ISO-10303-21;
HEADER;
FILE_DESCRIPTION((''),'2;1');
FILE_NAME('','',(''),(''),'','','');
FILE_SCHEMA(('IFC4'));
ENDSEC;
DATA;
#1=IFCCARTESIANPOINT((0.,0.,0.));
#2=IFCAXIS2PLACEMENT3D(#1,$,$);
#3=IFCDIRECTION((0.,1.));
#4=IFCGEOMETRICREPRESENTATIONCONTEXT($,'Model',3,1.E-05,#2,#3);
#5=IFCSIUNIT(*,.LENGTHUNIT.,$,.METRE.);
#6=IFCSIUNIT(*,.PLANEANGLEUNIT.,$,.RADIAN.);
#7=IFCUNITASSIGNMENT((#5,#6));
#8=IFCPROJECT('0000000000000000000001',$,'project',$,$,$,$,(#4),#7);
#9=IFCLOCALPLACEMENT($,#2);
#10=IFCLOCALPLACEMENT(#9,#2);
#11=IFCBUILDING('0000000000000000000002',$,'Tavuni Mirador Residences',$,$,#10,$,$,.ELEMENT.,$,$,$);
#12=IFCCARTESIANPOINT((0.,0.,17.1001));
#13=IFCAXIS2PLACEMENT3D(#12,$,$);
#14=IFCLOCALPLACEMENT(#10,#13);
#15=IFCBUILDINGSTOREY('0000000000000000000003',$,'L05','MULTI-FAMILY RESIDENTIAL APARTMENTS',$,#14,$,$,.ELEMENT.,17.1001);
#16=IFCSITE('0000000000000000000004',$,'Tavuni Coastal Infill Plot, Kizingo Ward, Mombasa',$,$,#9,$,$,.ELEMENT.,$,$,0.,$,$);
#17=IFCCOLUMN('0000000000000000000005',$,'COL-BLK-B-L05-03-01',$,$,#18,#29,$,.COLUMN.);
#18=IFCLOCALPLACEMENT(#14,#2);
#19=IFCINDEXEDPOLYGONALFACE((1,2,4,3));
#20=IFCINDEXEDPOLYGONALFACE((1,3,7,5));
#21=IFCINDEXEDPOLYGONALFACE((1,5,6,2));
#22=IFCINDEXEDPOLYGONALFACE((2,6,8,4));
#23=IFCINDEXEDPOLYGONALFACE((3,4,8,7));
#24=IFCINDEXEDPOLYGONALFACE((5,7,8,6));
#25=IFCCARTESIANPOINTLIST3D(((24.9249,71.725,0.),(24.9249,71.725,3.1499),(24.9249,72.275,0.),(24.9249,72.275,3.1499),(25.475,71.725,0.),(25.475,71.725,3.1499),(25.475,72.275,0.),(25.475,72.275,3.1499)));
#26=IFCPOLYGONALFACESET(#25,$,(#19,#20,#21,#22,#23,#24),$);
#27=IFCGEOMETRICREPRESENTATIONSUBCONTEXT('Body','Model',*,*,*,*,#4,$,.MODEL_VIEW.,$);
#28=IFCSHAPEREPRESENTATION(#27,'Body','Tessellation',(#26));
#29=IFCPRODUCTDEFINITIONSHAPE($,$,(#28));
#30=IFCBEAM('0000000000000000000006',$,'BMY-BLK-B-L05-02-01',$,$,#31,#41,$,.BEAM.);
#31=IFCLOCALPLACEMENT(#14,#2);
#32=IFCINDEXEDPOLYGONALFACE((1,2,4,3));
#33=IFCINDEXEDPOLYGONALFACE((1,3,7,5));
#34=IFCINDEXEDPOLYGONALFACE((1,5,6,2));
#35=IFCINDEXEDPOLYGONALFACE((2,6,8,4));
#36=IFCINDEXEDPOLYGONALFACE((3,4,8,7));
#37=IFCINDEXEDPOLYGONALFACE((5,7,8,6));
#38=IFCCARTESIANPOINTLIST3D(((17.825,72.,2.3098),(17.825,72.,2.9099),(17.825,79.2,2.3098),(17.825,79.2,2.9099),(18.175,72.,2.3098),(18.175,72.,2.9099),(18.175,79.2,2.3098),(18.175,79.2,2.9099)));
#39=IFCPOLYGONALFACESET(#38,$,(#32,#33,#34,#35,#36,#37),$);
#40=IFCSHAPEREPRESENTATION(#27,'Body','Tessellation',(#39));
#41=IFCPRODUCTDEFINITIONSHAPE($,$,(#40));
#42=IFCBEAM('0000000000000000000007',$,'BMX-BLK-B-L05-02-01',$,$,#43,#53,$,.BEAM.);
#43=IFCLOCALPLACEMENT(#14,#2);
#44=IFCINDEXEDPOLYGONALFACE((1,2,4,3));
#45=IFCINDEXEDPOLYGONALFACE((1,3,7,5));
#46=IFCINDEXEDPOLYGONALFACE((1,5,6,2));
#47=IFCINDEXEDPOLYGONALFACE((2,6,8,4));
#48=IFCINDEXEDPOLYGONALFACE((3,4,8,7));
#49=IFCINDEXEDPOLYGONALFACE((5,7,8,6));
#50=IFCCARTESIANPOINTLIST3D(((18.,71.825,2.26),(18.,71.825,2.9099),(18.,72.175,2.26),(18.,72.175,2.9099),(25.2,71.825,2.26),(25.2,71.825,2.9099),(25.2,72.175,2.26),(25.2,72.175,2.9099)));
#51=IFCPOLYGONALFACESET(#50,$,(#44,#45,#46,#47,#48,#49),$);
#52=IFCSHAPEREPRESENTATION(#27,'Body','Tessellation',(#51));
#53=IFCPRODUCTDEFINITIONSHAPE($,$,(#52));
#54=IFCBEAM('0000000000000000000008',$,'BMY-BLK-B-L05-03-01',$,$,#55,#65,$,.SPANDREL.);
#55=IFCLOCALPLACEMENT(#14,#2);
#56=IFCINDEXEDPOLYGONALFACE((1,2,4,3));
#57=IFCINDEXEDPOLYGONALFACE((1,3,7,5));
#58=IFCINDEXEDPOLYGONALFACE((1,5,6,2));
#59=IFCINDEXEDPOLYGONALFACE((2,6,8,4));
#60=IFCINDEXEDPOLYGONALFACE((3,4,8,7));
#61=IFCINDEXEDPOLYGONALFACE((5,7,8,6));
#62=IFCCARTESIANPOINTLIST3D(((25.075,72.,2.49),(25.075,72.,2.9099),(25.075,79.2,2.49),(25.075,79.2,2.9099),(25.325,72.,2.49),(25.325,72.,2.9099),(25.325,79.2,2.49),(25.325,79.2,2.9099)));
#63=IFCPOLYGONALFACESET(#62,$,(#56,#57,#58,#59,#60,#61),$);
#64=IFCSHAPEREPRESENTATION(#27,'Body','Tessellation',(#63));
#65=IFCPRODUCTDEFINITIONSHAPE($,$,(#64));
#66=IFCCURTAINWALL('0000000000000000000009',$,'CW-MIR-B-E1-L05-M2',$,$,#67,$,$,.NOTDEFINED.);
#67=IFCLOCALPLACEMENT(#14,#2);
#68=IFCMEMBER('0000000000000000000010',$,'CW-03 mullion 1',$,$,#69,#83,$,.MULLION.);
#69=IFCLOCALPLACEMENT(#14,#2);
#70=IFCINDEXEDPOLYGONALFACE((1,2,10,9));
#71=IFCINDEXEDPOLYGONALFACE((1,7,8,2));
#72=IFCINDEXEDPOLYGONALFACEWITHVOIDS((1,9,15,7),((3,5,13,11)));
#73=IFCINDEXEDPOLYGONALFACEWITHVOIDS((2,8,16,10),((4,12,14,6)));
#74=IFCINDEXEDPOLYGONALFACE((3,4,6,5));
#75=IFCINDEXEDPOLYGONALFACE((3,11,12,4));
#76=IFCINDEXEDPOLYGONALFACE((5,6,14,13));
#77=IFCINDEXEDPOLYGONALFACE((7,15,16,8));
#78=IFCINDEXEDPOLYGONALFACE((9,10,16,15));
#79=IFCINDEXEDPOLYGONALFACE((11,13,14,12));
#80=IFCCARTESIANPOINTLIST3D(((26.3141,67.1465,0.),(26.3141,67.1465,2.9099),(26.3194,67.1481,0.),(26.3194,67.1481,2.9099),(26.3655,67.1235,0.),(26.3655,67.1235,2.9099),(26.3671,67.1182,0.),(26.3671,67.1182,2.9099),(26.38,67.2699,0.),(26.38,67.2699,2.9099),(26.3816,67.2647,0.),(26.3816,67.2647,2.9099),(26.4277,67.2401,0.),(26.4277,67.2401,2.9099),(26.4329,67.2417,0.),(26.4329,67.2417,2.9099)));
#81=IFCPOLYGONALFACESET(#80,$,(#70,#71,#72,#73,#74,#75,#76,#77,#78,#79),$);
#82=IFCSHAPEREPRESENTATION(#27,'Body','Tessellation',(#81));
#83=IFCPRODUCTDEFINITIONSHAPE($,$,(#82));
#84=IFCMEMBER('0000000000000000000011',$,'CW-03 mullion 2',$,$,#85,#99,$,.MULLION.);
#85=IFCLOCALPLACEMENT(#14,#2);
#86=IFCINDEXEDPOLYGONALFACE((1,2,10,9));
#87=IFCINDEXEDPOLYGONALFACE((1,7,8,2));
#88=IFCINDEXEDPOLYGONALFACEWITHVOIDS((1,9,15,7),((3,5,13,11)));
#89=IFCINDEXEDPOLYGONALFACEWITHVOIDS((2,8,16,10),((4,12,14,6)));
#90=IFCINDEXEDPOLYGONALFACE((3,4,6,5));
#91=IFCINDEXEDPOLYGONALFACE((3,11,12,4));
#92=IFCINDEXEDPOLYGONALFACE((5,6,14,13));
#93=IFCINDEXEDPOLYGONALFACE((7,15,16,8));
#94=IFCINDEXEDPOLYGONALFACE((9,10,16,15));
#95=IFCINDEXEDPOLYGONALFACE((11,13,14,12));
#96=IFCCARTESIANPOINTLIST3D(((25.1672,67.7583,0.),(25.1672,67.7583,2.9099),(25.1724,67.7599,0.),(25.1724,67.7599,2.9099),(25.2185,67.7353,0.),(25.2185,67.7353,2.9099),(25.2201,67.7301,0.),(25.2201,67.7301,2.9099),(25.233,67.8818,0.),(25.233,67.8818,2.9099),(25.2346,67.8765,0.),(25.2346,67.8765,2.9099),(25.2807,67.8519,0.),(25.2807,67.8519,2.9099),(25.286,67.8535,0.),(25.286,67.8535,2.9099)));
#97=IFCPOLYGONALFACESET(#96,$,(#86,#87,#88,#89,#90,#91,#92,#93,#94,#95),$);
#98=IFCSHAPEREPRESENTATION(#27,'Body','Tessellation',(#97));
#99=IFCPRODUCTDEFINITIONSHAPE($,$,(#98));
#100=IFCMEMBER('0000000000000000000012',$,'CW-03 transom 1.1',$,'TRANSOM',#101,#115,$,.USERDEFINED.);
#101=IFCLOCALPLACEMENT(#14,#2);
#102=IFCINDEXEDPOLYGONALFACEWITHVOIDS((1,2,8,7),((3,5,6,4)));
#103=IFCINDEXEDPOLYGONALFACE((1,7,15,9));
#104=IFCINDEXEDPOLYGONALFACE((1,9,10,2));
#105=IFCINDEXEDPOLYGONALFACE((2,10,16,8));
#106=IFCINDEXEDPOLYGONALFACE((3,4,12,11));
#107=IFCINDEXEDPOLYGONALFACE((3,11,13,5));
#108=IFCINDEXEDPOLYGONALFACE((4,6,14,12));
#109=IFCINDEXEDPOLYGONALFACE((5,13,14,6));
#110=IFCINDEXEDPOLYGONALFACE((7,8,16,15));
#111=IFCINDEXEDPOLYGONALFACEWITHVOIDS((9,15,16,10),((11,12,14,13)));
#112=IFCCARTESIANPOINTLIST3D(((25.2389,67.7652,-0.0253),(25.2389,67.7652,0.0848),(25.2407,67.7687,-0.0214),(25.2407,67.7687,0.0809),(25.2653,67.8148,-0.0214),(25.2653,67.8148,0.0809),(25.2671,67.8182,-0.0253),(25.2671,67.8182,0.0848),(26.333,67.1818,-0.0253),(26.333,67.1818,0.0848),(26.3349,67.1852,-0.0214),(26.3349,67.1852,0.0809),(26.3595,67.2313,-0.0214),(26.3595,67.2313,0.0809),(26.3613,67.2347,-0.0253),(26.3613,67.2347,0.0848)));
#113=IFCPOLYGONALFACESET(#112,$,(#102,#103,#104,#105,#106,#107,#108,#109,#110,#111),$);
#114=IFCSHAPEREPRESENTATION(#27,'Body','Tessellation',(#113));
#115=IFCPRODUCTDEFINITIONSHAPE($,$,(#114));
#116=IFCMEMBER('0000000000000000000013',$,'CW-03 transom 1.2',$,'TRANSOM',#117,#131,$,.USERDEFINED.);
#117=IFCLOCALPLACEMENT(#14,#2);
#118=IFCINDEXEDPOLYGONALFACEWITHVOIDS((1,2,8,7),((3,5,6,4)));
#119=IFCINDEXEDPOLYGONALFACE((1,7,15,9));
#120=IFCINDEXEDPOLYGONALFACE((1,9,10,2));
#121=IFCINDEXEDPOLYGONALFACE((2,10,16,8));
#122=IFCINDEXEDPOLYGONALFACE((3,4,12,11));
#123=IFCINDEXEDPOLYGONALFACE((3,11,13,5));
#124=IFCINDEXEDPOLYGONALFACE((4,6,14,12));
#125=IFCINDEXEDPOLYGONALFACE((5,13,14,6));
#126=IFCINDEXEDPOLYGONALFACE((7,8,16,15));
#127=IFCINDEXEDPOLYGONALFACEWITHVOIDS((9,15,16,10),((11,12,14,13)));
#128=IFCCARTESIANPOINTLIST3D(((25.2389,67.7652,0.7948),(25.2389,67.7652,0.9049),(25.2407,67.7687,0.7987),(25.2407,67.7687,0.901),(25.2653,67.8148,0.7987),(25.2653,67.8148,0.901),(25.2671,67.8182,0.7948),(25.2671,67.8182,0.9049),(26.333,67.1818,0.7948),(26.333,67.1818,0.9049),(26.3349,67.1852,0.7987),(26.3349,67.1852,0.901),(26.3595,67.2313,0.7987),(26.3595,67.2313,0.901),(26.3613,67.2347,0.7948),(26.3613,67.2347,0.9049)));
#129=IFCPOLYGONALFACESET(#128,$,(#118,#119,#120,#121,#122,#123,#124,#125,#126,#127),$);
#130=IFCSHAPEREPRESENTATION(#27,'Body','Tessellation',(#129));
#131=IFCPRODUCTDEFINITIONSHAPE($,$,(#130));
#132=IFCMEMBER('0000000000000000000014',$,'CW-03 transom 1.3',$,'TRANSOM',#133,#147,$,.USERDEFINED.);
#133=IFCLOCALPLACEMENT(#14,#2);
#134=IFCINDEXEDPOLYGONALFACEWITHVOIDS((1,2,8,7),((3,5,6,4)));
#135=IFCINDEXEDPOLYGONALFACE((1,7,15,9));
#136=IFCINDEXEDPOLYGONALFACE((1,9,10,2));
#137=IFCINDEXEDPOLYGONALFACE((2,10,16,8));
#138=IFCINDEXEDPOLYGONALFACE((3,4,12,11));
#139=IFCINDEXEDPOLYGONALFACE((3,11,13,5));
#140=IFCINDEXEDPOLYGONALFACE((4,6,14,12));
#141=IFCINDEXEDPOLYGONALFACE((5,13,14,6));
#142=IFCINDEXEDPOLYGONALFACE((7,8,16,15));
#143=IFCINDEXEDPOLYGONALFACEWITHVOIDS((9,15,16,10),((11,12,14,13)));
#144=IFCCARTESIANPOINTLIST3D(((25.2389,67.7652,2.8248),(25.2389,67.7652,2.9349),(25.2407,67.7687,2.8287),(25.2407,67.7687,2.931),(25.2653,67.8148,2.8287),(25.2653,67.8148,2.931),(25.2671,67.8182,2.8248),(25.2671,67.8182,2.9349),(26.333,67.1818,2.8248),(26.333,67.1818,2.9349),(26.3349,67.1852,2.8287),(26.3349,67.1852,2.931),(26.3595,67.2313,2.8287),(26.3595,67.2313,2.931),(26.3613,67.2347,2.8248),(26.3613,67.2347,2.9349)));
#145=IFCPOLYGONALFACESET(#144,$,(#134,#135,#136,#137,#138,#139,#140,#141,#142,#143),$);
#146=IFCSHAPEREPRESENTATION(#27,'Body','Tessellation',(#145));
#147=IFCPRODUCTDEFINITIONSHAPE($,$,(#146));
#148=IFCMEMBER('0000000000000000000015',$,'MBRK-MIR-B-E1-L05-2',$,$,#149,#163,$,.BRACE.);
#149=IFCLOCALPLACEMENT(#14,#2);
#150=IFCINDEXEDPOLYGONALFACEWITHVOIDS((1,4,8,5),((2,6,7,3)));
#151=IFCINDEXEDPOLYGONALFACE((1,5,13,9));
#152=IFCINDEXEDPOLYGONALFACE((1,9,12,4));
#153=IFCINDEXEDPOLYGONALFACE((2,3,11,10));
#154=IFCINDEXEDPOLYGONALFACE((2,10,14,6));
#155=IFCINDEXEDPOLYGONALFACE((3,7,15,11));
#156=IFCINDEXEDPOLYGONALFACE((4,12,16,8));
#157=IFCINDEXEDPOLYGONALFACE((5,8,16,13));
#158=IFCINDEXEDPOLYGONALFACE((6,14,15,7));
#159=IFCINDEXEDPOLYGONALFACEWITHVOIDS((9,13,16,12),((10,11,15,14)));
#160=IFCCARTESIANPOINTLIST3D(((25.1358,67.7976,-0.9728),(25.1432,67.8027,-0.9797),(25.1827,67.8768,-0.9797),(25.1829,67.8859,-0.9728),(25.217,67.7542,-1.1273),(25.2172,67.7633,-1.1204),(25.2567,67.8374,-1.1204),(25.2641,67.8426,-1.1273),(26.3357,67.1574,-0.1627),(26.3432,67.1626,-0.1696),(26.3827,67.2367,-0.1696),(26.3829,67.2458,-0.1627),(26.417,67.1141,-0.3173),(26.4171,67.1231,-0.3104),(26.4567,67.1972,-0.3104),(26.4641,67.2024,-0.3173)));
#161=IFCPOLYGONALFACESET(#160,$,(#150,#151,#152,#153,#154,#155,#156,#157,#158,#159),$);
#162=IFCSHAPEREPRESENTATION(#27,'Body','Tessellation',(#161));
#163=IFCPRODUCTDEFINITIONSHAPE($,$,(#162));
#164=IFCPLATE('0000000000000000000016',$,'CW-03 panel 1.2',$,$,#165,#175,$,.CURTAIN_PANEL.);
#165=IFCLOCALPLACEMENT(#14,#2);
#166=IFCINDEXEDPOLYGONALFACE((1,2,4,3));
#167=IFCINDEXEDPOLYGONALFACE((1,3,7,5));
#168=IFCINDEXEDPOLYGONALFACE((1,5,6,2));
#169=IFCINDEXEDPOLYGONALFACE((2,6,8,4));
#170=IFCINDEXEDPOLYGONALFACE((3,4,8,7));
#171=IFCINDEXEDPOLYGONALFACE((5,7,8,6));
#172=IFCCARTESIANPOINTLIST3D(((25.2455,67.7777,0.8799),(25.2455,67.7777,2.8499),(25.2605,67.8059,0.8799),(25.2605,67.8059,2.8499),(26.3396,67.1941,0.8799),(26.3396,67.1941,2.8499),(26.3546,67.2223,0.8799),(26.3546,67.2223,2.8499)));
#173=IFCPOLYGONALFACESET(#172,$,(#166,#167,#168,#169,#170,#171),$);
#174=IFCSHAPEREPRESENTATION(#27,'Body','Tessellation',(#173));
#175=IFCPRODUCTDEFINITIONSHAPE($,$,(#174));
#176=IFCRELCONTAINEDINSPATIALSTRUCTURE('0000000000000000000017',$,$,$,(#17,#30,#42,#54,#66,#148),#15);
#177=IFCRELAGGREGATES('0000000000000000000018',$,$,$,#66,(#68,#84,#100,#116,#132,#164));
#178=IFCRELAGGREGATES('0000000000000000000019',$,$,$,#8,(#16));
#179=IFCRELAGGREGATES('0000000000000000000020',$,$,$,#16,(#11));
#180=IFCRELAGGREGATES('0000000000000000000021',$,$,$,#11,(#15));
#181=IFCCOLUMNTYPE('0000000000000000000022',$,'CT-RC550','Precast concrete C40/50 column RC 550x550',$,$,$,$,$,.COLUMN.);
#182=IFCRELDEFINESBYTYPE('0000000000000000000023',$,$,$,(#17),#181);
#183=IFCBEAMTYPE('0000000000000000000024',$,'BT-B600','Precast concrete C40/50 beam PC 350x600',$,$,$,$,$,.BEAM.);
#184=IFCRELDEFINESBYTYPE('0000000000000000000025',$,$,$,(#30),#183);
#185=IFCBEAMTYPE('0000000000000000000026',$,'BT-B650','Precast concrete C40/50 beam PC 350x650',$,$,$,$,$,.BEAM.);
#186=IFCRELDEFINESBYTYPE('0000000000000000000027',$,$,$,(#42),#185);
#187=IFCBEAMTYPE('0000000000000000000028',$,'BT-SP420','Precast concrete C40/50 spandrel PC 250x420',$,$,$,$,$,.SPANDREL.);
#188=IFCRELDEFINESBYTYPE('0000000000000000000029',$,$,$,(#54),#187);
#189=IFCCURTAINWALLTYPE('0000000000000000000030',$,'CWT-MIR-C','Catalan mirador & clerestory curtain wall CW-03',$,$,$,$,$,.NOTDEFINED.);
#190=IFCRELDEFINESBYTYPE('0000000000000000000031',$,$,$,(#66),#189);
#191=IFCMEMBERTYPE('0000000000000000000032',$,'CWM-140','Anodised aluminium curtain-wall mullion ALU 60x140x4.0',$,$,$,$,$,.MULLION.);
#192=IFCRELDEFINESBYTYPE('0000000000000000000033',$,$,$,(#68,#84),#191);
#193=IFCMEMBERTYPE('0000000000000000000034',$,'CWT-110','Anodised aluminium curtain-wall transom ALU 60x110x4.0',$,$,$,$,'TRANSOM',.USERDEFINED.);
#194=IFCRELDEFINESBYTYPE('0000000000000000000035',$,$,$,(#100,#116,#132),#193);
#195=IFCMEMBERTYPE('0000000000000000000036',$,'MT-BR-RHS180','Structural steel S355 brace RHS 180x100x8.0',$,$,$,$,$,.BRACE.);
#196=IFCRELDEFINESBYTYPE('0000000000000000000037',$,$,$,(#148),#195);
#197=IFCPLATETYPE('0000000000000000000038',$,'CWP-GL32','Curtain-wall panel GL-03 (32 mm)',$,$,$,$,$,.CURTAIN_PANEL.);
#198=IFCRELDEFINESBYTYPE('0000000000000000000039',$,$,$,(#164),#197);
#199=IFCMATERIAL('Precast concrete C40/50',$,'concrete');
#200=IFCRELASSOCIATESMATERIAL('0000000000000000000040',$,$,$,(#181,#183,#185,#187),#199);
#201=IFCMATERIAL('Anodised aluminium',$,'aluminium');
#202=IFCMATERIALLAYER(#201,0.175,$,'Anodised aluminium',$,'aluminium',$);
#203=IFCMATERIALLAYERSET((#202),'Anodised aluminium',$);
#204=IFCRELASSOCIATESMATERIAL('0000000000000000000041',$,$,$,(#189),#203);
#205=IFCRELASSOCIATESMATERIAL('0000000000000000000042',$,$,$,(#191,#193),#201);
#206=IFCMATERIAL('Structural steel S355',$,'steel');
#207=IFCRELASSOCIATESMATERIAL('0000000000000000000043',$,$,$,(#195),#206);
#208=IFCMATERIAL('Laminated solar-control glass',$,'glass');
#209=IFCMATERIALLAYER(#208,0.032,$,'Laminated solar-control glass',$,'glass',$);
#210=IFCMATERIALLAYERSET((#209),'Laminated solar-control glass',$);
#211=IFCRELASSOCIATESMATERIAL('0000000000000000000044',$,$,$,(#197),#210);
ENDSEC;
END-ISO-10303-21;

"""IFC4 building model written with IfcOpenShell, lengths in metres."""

from ifc_helpers import new_model, si_unit, direction, frame, origin, origin_2d, place, context, subcontext, project, spatial, rectangle, hollow_rectangle, extrude, material, layer, layer_set, material_profile, profile_set, type_object, element, aggregate, save


model = new_model("IFC4")

# Units and contexts
model_context = context("Model", 3, precision=1e-05, world=origin(), true_north=direction((0.0, 1.0)))
body_context = subcontext(model_context, "Body", "Model", "MODEL_VIEW")
ifc_project = project(units=[si_unit("LENGTHUNIT", "METRE"), si_unit("PLANEANGLEUNIT", "RADIAN")], contexts=[model_context])

# Site, building, storey
site_placement = place(None, origin())
site = spatial("IfcSite", under=ifc_project, at=site_placement, Name="Tavuni Coastal Infill Plot, Kizingo Ward, Mombasa", CompositionType="ELEMENT", RefElevation=0.0)
building_placement = place(site_placement, origin())
building = spatial("IfcBuilding", under=site, at=building_placement, Name="Tavuni Mirador Residences", CompositionType="ELEMENT")
storey_placement = place(building_placement, frame((0.0, 0.0, 17.1001)))
storey = spatial("IfcBuildingStorey", under=building, at=storey_placement, Name="L05", Description="MULTI-FAMILY RESIDENTIAL APARTMENTS", CompositionType="ELEMENT", Elevation=17.1001)

# Column
ifc_material_1 = material(Name="Precast concrete C40/50", Category="concrete")
ifc_material_profile_1 = material_profile(ifc_material_1, rectangle(XDim=0.55, YDim=0.55, at=origin_2d()), Name="RC 550x550", Category="concrete")
ifc_profile_set_1 = profile_set([ifc_material_profile_1], Name="Precast concrete C40/50")
column_type = type_object("IfcColumnType", Name="CT-RC550", Description="Precast concrete C40/50 column RC 550x550", PredefinedType="COLUMN", material=ifc_profile_set_1)
column_placement = place(storey_placement, frame((25.2, 72.0, 0.0), z_axis=(0.0, 0.0, 1.0), x_axis=(1.0, 0.0, 0.0)))
element("IfcColumn", 1, at=column_placement, inside=storey, type_object=column_type, Name="COL-BLK-B-L05-03-01", PredefinedType="COLUMN", context=body_context, shape_type="SweptSolid", body=[
    extrude(rectangle(XDim=0.55, YDim=0.55, at=origin_2d()), origin(), (0.0, 0.0, 1.0), 3.1499),
])

# Beams
ifc_material_profile_2 = material_profile(ifc_material_1, rectangle(XDim=0.3501, YDim=0.6001, at=origin_2d()), Name="PC 350x600", Category="concrete")
ifc_profile_set_2 = profile_set([ifc_material_profile_2], Name="Precast concrete C40/50")
beam_type_1 = type_object("IfcBeamType", Name="BT-B600", Description="Precast concrete C40/50 beam PC 350x600", PredefinedType="BEAM", material=ifc_profile_set_2)
beam_1_placement = place(storey_placement, frame((18.0, 72.0, 2.6099), z_axis=(0.0, 1.0, 0.0), x_axis=(-1.0, 0.0, 0.0)))
element("IfcBeam", 2, at=beam_1_placement, inside=storey, type_object=beam_type_1, Name="BMY-BLK-B-L05-02-01", PredefinedType="BEAM", context=body_context, shape_type="SweptSolid", body=[
    extrude(rectangle(XDim=0.3501, YDim=0.6001, at=origin_2d()), origin(), (0.0, 0.0, 1.0), 7.2),
])
ifc_material_profile_3 = material_profile(ifc_material_1, rectangle(XDim=0.3501, YDim=0.6499, at=origin_2d()), Name="PC 350x650", Category="concrete")
ifc_profile_set_3 = profile_set([ifc_material_profile_3], Name="Precast concrete C40/50")
beam_type_2 = type_object("IfcBeamType", Name="BT-B650", Description="Precast concrete C40/50 beam PC 350x650", PredefinedType="BEAM", material=ifc_profile_set_3)
beam_2_placement = place(storey_placement, frame((18.0, 72.0, 2.585), z_axis=(1.0, 0.0, 0.0), x_axis=(0.0, 1.0, 0.0)))
element("IfcBeam", 3, at=beam_2_placement, inside=storey, type_object=beam_type_2, Name="BMX-BLK-B-L05-02-01", PredefinedType="BEAM", context=body_context, shape_type="SweptSolid", body=[
    extrude(rectangle(XDim=0.3501, YDim=0.6499, at=origin_2d()), origin(), (0.0, 0.0, 1.0), 7.2),
])
ifc_material_profile_4 = material_profile(ifc_material_1, rectangle(XDim=0.25, YDim=0.4199, at=origin_2d()), Name="PC 250x420", Category="concrete")
ifc_profile_set_4 = profile_set([ifc_material_profile_4], Name="Precast concrete C40/50")
beam_type_3 = type_object("IfcBeamType", Name="BT-SP420", Description="Precast concrete C40/50 spandrel PC 250x420", PredefinedType="SPANDREL", material=ifc_profile_set_4)
beam_3_placement = place(storey_placement, frame((25.2, 72.0, 2.7), z_axis=(0.0, 1.0, 0.0), x_axis=(-1.0, 0.0, 0.0)))
element("IfcBeam", 4, at=beam_3_placement, inside=storey, type_object=beam_type_3, Name="BMY-BLK-B-L05-03-01", PredefinedType="SPANDREL", context=body_context, shape_type="SweptSolid", body=[
    extrude(rectangle(XDim=0.25, YDim=0.4199, at=origin_2d()), origin(), (0.0, 0.0, 1.0), 7.2),
])

# Curtain wall, members
ifc_material_2 = material(Name="Anodised aluminium", Category="aluminium")
ifc_layer_1 = layer(ifc_material_2, 0.175, Name="Anodised aluminium", Category="aluminium")
ifc_layer_set_1 = layer_set([ifc_layer_1], Name="Anodised aluminium")
curtain_wall_type = type_object("IfcCurtainWallType", Name="CWT-MIR-C", Description="Catalan mirador & clerestory curtain wall CW-03", PredefinedType="NOTDEFINED", material=ifc_layer_set_1)
curtain_wall_placement = place(storey_placement, origin())
curtain_wall = element("IfcCurtainWall", 5, at=curtain_wall_placement, inside=storey, type_object=curtain_wall_type, Name="CW-MIR-B-E1-L05-M2", PredefinedType="NOTDEFINED")
ifc_material_profile_5 = material_profile(ifc_material_2, hollow_rectangle(XDim=0.0601, YDim=0.1399, WallThickness=0.0039, at=origin_2d()), Name="ALU 60x140x4.0", Category="aluminium")
ifc_profile_set_5 = profile_set([ifc_material_profile_5], Name="Anodised aluminium")
member_type_1 = type_object("IfcMemberType", Name="CWM-140", Description="Anodised aluminium curtain-wall mullion ALU 60x140x4.0", PredefinedType="MULLION", material=ifc_profile_set_5)
member_1_placement = place(storey_placement, frame((26.3735, 67.1941, 0.0), z_axis=(0.0, 0.0, 1.0), x_axis=(-0.882353, 0.470588, 0.0)))
member_1 = element("IfcMember", 6, at=member_1_placement, type_object=member_type_1, Name="CW-03 mullion 1", PredefinedType="MULLION", context=body_context, shape_type="SweptSolid", body=[
    extrude(hollow_rectangle(XDim=0.0601, YDim=0.1399, WallThickness=0.0039, at=origin_2d()), origin(), (0.0, 0.0, 1.0), 2.9099),
])
member_2_placement = place(storey_placement, frame((25.2266, 67.8059, 0.0), z_axis=(0.0, 0.0, 1.0), x_axis=(-0.882353, 0.470588, 0.0)))
member_2 = element("IfcMember", 7, at=member_2_placement, type_object=member_type_1, Name="CW-03 mullion 2", PredefinedType="MULLION", context=body_context, shape_type="SweptSolid", body=[
    extrude(hollow_rectangle(XDim=0.0601, YDim=0.1399, WallThickness=0.0039, at=origin_2d()), origin(), (0.0, 0.0, 1.0), 2.9099),
])
ifc_material_profile_6 = material_profile(ifc_material_2, hollow_rectangle(XDim=0.0601, YDim=0.1101, WallThickness=0.0039, at=origin_2d()), Name="ALU 60x110x4.0", Category="aluminium")
ifc_profile_set_6 = profile_set([ifc_material_profile_6], Name="Anodised aluminium")
member_type_2 = type_object("IfcMemberType", Name="CWT-110", Description="Anodised aluminium curtain-wall transom ALU 60x110x4.0", ElementType="TRANSOM", PredefinedType="USERDEFINED", material=ifc_profile_set_6)
member_3_placement = place(storey_placement, frame((26.3472, 67.2083, 0.0298), z_axis=(-0.882386, 0.470527, 0.0), x_axis=(-0.470527, -0.882386, 0.0)))
member_3 = element("IfcMember", 8, at=member_3_placement, type_object=member_type_2, Name="CW-03 transom 1.1", ObjectType="TRANSOM", PredefinedType="USERDEFINED", context=body_context, shape_type="SweptSolid", body=[
    extrude(hollow_rectangle(XDim=0.0601, YDim=0.1101, WallThickness=0.0039, at=origin_2d()), origin(), (0.0, 0.0, 1.0), 1.24),
])
member_4_placement = place(storey_placement, frame((26.3472, 67.2083, 0.8499), z_axis=(-0.882386, 0.470527, 0.0), x_axis=(-0.470527, -0.882386, 0.0)))
member_4 = element("IfcMember", 9, at=member_4_placement, type_object=member_type_2, Name="CW-03 transom 1.2", ObjectType="TRANSOM", PredefinedType="USERDEFINED", context=body_context, shape_type="SweptSolid", body=[
    extrude(hollow_rectangle(XDim=0.0601, YDim=0.1101, WallThickness=0.0039, at=origin_2d()), origin(), (0.0, 0.0, 1.0), 1.24),
])
member_5_placement = place(storey_placement, frame((26.3472, 67.2083, 2.8799), z_axis=(-0.882386, 0.470527, 0.0), x_axis=(-0.470527, -0.882386, 0.0)))
member_5 = element("IfcMember", 10, at=member_5_placement, type_object=member_type_2, Name="CW-03 transom 1.3", ObjectType="TRANSOM", PredefinedType="USERDEFINED", context=body_context, shape_type="SweptSolid", body=[
    extrude(hollow_rectangle(XDim=0.0601, YDim=0.1101, WallThickness=0.0039, at=origin_2d()), origin(), (0.0, 0.0, 1.0), 1.24),
])

# Member
ifc_material_3 = material(Name="Structural steel S355", Category="steel")
ifc_material_profile_7 = material_profile(ifc_material_3, hollow_rectangle(XDim=0.1001, YDim=0.1799, WallThickness=0.0081, at=origin_2d()), Name="RHS 180x100x8.0", Category="steel")
ifc_profile_set_7 = profile_set([ifc_material_profile_7], Name="Structural steel S355")
member_type_3 = type_object("IfcMemberType", Name="MT-BR-RHS180", Description="Structural steel S355 brace RHS 180x100x8.0", PredefinedType="BRACE", material=ifc_profile_set_7)
member_6_placement = place(storey_placement, frame((25.2, 67.8201, -1.05), z_axis=(0.758029, -0.404385, 0.511727), x_axis=(0.470681, 0.882303, 0.0)))
element("IfcMember", 11, at=member_6_placement, inside=storey, type_object=member_type_3, Name="MBRK-MIR-B-E1-L05-2", PredefinedType="BRACE", context=body_context, shape_type="SweptSolid", body=[
    extrude(hollow_rectangle(XDim=0.1001, YDim=0.1799, WallThickness=0.0081, at=origin_2d()), origin(), (0.0, 0.0, 1.0), 1.583),
])

# Plate
ifc_material_4 = material(Name="Laminated solar-control glass", Category="glass")
ifc_layer_2 = layer(ifc_material_4, 0.032, Name="Laminated solar-control glass", Category="glass")
ifc_layer_set_2 = layer_set([ifc_layer_2], Name="Laminated solar-control glass")
plate_type_1 = type_object("IfcPlateType", Name="CWP-GL32", Description="Curtain-wall panel GL-03 (32 mm)", PredefinedType="CURTAIN_PANEL", material=ifc_layer_set_2)
plate_1_placement = place(storey_placement, frame((25.8, 67.5, 0.8799), z_axis=(0.0, 0.0, 1.0), x_axis=(-0.882353, 0.470588, 0.0)))
plate_1 = element("IfcPlate", 12, at=plate_1_placement, type_object=plate_type_1, Name="CW-03 panel 1.2", PredefinedType="CURTAIN_PANEL", context=body_context, shape_type="SweptSolid", body=[
    extrude(rectangle(XDim=1.24, YDim=0.032, at=origin_2d()), origin(), (0.0, 0.0, 1.0), 1.97),
])
aggregate(curtain_wall, [member_1, member_2, member_3, member_4, member_5, plate_1])

save(model, "model.ifc")
